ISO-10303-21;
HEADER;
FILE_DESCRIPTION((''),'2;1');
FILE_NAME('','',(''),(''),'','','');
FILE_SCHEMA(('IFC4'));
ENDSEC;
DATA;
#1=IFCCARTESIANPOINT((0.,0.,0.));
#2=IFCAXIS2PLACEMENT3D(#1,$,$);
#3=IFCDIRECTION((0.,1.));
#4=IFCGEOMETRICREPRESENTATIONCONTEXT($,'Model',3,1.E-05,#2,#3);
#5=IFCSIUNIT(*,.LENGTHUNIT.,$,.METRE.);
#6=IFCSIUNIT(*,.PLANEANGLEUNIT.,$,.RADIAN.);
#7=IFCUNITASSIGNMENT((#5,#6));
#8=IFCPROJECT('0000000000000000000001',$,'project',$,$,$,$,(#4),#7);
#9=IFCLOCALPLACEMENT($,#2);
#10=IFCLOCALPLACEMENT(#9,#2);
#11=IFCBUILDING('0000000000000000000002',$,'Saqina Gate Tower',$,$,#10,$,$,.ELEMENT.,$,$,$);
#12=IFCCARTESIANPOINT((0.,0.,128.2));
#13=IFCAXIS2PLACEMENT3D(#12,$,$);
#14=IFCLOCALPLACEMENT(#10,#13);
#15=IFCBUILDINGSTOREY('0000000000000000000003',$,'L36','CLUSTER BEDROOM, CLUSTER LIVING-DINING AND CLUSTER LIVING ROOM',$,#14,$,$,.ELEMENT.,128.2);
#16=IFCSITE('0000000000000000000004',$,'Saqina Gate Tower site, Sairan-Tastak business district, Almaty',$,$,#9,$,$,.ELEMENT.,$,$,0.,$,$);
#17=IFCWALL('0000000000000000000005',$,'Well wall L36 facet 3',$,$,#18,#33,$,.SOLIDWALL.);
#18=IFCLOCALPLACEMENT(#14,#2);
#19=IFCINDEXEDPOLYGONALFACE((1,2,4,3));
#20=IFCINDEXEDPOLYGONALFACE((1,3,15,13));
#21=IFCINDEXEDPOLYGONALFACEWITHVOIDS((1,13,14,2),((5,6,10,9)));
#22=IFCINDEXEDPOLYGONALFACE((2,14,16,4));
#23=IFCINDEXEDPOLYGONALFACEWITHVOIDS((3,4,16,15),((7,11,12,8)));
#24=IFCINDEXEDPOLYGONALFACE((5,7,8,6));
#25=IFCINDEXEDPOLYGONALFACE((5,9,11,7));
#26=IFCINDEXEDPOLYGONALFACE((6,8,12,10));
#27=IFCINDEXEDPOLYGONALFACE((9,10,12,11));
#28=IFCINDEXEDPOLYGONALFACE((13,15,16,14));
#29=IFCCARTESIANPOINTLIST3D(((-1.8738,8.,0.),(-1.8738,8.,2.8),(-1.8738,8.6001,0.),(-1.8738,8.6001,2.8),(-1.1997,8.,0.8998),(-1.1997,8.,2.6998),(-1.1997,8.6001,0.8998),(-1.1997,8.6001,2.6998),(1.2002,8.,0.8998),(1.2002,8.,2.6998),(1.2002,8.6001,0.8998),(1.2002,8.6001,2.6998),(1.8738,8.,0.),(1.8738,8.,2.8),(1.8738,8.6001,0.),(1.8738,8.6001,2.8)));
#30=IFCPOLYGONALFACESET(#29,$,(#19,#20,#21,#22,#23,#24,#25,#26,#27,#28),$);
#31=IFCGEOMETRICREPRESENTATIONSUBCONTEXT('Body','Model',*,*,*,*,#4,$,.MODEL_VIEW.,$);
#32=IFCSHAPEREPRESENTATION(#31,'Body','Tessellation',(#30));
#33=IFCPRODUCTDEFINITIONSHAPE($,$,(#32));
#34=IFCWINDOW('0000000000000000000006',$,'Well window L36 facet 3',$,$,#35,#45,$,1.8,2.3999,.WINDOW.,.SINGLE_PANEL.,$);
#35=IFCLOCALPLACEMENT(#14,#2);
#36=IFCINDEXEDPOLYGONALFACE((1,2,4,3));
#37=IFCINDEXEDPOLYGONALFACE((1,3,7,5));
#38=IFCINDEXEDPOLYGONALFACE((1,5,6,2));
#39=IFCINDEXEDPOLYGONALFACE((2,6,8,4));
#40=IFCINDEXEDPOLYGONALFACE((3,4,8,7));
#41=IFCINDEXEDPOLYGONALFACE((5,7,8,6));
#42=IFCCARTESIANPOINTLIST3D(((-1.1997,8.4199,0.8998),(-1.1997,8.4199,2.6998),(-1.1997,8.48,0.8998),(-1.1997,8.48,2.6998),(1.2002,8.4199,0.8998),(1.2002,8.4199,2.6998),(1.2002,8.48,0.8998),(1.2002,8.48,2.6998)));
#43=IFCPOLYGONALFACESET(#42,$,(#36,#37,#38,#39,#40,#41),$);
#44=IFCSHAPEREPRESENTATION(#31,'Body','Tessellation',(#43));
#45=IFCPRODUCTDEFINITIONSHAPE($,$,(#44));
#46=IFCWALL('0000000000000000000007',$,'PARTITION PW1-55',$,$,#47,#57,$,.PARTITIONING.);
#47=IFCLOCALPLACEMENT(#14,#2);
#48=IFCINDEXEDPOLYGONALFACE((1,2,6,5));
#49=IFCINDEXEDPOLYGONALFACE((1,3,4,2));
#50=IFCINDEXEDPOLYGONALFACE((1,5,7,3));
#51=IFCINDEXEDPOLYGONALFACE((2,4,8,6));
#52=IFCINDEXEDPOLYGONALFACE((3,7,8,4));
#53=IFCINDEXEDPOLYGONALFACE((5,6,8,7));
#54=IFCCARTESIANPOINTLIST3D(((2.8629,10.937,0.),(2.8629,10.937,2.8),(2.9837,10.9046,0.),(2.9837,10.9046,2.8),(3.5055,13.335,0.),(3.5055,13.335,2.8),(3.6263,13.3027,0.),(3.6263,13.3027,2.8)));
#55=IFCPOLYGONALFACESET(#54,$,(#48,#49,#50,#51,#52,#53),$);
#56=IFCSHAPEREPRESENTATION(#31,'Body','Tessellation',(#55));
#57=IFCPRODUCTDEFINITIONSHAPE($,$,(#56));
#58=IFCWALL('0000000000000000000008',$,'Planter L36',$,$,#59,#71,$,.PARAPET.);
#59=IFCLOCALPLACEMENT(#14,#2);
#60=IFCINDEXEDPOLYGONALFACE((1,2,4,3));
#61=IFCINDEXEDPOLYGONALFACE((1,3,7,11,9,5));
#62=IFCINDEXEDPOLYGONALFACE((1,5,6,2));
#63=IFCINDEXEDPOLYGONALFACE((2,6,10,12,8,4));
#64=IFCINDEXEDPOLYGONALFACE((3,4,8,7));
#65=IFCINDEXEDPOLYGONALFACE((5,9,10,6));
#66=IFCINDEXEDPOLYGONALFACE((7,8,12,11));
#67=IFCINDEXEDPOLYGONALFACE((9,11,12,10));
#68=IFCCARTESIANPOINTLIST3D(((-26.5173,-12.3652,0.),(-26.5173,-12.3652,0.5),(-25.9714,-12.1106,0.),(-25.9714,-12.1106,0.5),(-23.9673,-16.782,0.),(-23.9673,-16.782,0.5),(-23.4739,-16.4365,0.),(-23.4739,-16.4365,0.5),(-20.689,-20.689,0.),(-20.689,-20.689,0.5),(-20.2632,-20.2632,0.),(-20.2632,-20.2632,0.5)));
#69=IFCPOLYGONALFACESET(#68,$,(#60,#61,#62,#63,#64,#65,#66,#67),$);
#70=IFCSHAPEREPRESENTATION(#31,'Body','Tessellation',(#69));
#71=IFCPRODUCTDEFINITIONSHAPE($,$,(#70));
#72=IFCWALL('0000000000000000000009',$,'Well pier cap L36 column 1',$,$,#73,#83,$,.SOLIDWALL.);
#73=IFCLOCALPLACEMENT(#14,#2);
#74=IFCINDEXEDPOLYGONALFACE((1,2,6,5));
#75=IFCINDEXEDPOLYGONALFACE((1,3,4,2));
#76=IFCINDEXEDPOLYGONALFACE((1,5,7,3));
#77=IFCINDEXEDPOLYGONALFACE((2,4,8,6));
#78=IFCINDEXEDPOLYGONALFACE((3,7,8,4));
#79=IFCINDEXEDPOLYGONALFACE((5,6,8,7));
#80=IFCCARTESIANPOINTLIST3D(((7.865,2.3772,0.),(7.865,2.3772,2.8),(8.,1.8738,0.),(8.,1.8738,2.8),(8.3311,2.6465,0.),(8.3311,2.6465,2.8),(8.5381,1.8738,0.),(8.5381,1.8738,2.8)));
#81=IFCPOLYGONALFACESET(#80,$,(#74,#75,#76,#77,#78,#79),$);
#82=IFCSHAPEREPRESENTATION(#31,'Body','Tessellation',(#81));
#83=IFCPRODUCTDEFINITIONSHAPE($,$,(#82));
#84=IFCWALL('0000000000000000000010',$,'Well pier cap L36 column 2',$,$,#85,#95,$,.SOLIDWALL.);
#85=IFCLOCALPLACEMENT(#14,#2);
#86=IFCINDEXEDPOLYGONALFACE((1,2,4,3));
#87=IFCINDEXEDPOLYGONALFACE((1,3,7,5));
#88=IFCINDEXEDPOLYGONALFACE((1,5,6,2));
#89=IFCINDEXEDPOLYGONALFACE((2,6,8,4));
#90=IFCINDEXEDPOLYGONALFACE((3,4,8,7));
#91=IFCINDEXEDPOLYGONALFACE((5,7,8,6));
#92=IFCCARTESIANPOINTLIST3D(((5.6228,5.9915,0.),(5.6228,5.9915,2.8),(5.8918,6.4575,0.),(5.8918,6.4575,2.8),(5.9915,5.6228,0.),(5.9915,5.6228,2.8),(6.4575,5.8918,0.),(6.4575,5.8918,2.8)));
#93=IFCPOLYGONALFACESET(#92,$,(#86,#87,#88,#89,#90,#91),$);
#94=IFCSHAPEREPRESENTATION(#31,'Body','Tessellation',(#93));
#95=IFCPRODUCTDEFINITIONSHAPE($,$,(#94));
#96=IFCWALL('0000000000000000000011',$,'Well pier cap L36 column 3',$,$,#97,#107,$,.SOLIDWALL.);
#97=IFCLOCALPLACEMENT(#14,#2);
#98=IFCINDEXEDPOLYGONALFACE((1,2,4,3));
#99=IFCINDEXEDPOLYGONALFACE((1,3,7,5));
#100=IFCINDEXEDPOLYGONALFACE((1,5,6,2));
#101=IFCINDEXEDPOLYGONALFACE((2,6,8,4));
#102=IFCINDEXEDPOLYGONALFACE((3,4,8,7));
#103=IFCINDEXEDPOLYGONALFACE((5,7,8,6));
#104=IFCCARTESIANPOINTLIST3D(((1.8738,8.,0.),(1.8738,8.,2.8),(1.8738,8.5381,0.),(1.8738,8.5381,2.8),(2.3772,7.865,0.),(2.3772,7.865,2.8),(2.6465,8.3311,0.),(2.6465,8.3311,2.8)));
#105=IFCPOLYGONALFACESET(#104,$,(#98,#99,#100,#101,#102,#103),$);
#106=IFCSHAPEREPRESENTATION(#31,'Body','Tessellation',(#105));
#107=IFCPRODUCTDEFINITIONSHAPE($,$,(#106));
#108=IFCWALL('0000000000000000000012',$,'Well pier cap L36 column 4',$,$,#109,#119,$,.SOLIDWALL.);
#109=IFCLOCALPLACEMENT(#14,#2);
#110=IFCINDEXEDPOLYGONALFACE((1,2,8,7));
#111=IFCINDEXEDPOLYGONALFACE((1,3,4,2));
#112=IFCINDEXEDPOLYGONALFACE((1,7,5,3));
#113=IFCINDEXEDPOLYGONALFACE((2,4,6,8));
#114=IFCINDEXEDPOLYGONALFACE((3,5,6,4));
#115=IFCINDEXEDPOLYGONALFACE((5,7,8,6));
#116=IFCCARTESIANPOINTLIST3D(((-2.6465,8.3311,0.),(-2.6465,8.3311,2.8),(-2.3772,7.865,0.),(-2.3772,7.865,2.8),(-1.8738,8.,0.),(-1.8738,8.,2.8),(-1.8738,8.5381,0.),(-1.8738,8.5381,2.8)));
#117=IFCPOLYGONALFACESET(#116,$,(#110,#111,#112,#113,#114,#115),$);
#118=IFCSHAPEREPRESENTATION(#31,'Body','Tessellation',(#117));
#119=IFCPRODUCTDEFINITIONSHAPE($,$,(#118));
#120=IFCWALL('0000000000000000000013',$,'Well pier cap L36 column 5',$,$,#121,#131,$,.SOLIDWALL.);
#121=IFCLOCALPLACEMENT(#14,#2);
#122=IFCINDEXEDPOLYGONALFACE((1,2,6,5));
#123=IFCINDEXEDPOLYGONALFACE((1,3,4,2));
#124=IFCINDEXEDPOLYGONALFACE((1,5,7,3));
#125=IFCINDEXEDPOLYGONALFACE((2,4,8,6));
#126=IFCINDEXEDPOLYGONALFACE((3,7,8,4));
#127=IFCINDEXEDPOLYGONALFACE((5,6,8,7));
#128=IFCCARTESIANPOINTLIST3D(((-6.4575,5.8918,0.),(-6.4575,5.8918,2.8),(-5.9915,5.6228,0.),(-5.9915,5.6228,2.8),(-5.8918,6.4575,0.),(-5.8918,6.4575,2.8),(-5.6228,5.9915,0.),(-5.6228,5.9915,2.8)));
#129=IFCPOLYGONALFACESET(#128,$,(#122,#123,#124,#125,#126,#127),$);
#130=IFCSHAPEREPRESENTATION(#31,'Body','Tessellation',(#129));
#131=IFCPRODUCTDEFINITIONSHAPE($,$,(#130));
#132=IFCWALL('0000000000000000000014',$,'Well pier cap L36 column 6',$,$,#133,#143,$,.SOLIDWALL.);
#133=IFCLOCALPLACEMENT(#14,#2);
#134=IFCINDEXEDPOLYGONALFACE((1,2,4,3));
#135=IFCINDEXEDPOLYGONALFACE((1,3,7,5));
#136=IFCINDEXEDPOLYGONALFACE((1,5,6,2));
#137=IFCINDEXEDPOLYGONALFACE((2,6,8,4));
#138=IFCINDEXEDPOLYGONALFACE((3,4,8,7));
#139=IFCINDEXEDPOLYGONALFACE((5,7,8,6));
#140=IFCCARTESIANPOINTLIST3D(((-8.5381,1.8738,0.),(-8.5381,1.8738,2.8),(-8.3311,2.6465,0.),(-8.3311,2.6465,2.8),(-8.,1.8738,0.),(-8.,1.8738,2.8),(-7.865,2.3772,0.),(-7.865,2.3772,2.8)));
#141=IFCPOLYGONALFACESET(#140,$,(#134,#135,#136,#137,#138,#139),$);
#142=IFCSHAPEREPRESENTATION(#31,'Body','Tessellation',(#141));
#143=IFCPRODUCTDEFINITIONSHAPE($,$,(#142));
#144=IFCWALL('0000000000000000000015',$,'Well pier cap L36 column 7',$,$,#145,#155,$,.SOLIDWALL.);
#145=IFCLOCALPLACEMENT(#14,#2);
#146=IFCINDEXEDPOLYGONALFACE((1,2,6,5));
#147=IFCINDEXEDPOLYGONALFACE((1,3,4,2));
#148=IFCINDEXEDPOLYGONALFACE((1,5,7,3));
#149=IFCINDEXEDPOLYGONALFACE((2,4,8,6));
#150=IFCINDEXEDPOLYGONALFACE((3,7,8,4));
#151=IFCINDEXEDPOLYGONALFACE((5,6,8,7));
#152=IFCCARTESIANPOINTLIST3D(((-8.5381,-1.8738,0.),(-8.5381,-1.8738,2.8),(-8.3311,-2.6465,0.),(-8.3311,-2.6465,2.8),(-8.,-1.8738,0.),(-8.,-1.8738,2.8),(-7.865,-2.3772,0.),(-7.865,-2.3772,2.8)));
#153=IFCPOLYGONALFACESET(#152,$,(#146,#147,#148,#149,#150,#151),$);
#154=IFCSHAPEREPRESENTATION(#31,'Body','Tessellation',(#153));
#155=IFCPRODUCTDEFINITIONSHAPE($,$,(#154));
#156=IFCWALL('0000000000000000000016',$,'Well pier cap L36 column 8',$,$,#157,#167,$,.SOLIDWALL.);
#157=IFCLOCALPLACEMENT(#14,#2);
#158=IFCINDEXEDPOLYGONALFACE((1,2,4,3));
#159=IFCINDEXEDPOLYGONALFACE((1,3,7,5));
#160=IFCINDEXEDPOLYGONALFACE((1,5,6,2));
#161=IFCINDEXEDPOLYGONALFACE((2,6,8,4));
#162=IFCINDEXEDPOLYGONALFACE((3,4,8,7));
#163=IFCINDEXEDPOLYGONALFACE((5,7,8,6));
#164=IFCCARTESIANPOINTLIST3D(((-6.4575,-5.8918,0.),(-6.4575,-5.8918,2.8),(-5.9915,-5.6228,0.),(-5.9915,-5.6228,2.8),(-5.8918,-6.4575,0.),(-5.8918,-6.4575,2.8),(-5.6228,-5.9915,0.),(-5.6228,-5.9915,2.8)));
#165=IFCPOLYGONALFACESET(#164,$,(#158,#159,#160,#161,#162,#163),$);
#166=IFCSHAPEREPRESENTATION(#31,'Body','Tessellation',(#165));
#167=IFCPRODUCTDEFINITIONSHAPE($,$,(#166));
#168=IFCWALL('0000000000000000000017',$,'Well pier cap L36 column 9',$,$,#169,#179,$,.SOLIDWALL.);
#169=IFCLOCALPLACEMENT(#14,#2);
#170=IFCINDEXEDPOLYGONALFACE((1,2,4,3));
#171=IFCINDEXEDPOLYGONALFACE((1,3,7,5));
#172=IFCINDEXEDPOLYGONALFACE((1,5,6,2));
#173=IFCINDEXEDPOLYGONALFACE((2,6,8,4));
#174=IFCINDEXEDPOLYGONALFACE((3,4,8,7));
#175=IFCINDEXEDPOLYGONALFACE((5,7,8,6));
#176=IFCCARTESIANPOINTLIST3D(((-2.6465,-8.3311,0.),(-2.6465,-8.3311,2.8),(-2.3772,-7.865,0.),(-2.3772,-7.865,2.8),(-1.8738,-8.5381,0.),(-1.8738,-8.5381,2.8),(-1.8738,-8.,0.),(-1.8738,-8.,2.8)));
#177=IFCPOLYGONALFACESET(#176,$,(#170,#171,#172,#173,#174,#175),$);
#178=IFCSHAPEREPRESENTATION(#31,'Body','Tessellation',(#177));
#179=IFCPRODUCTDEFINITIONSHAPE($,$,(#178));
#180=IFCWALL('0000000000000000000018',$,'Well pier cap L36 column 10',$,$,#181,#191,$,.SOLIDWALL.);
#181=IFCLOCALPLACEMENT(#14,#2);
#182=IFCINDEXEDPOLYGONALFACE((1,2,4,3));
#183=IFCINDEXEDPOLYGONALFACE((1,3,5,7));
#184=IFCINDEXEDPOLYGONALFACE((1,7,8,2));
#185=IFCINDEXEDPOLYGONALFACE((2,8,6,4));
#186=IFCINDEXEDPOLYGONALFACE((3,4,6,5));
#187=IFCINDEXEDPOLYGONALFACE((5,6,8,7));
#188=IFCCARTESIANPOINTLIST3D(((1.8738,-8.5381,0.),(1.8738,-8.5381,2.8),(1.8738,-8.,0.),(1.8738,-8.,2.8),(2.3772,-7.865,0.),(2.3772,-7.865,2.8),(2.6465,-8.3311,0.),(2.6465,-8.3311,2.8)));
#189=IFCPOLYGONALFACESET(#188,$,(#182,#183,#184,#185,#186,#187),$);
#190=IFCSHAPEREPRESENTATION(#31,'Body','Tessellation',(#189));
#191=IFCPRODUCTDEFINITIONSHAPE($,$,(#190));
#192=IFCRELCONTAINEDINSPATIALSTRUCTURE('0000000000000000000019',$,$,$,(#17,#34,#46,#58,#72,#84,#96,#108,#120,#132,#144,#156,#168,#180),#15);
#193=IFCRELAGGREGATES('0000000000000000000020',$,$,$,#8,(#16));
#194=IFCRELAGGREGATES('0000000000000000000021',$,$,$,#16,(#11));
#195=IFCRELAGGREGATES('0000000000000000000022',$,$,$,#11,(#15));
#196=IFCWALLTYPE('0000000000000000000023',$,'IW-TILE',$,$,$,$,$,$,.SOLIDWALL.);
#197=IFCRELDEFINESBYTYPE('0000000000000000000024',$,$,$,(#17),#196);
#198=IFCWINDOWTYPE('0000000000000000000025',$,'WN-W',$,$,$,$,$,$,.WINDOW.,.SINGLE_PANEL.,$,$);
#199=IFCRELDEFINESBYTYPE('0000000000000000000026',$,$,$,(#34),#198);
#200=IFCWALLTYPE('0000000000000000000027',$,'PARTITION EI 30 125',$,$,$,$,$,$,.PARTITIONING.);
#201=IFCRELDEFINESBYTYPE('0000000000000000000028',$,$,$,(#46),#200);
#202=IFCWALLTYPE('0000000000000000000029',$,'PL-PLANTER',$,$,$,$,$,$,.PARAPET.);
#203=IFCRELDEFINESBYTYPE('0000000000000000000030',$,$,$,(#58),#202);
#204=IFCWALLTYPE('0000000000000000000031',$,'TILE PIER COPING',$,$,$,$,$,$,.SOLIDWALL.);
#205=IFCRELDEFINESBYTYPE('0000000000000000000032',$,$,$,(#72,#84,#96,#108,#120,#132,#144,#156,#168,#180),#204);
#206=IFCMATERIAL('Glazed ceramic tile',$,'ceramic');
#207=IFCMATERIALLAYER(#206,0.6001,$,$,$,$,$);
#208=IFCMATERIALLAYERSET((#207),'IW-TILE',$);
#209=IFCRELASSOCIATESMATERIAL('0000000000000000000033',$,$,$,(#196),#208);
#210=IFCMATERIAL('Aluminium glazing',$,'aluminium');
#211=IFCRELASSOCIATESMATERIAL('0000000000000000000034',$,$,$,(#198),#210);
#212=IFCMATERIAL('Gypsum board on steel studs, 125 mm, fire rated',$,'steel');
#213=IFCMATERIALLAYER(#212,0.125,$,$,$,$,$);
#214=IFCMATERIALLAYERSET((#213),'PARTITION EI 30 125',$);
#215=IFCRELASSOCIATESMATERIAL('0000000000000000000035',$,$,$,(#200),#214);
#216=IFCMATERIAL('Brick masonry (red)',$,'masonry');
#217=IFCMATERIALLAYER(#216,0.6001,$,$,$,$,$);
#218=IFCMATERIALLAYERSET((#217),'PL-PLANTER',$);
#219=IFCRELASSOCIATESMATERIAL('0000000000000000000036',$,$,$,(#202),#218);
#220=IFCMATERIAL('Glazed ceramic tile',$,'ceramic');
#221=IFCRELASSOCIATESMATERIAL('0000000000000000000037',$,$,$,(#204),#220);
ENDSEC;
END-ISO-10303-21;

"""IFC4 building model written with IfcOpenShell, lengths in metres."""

from ifc_helpers import new_model, si_unit, direction, frame, frame_2d, origin, place, context, subcontext, project, spatial, polyline, rectangle, outline, extrude, material, layer, layer_set, type_object, element, fill, save


model = new_model("IFC4")

# Units and contexts
model_context = context("Model", 3, precision=1e-05, world=origin(), true_north=direction((0.0, 1.0)))
body_context = subcontext(model_context, "Body", "Model", "MODEL_VIEW")
ifc_project = project(units=[si_unit("LENGTHUNIT", "METRE"), si_unit("PLANEANGLEUNIT", "RADIAN")], contexts=[model_context])

# Site, building, storey
site_placement = place(None, origin())
site = spatial("IfcSite", under=ifc_project, at=site_placement, Name="Saqina Gate Tower site, Sairan-Tastak business district, Almaty", CompositionType="ELEMENT", RefElevation=0.0)
building_placement = place(site_placement, origin())
building = spatial("IfcBuilding", under=site, at=building_placement, Name="Saqina Gate Tower", CompositionType="ELEMENT")
storey_placement = place(building_placement, frame((0.0, 0.0, 128.2)))
storey = spatial("IfcBuildingStorey", under=building, at=storey_placement, Name="L36", Description="CLUSTER BEDROOM, CLUSTER LIVING-DINING AND CLUSTER LIVING ROOM", CompositionType="ELEMENT", Elevation=128.2)

# Wall, opening, window
ifc_material_1 = material(Name="Glazed ceramic tile", Category="ceramic")
ifc_layer_1 = layer(ifc_material_1, 0.6001)
ifc_layer_set_1 = layer_set([ifc_layer_1], Name="IW-TILE")
wall_type_1 = type_object("IfcWallType", Name="IW-TILE", PredefinedType="SOLIDWALL", material=ifc_layer_set_1)
ifc_material_2 = material(Name="Aluminium glazing", Category="aluminium")
window_type = type_object("IfcWindowType", Name="WN-W", PartitioningType="SINGLE_PANEL", PredefinedType="WINDOW", material=ifc_material_2)
wall_1_placement = place(storey_placement, frame((1.8738, 8.3, 0.0), z_axis=(0.0, 0.0, 1.0), x_axis=(-1.0, 0.0, 0.0)))
wall_1 = element("IfcWall", 1, at=wall_1_placement, inside=storey, type_object=wall_type_1, Name="Well wall L36 facet 3", PredefinedType="SOLIDWALL", context=body_context, shape_type="SweptSolid", body=[
    extrude(rectangle(XDim=3.7476, YDim=0.6001, at=frame_2d((1.8738, 0.0))), origin(), (0.0, 0.0, 1.0), 2.8),
])
opening_1_placement = place(wall_1_placement, frame((0.6736, 0.0, 0.8999)))
opening_1 = element("IfcOpeningElement", 2, at=opening_1_placement, cuts=wall_1, PredefinedType="OPENING", context=body_context, shape_type="SweptSolid", body=[
    extrude(rectangle(XDim=2.3999, YDim=1.8, at=frame_2d((1.2, 0.8999))), frame((0.0, 0.312, 0.0), z_axis=(0.0, -1.0, 0.0), x_axis=(1.0, 0.0, 0.0)), (0.0, 0.0, 1.0), 0.624),
])
window_1_placement = place(opening_1_placement, origin())
window_1 = element("IfcWindow", 3, at=window_1_placement, inside=storey, type_object=window_type, Name="Well window L36 facet 3", OverallHeight=1.8, OverallWidth=2.3999, PartitioningType="SINGLE_PANEL", PredefinedType="WINDOW", context=body_context, shape_type="SweptSolid", body=[
    extrude(rectangle(XDim=2.3999, YDim=1.8, at=frame_2d((1.2, 0.8999))), frame((0.0, -0.1199, 0.0), z_axis=(0.0, -1.0, 0.0), x_axis=(1.0, 0.0, 0.0)), (0.0, 0.0, 1.0), 0.0601),
])
fill(opening_1, window_1)

# Walls
ifc_material_3 = material(Name="Gypsum board on steel studs, 125 mm, fire rated", Category="steel")
ifc_layer_2 = layer(ifc_material_3, 0.125)
ifc_layer_set_2 = layer_set([ifc_layer_2], Name="PARTITION EI 30 125")
wall_type_2 = type_object("IfcWallType", Name="PARTITION EI 30 125", PredefinedType="PARTITIONING", material=ifc_layer_set_2)
wall_2_placement = place(storey_placement, frame((2.9233, 10.9209, 0.0), z_axis=(0.0, 0.0, 1.0), x_axis=(0.258838, 0.965921, 0.0)))
element("IfcWall", 4, at=wall_2_placement, inside=storey, type_object=wall_type_2, Name="PARTITION PW1-55", PredefinedType="PARTITIONING", context=body_context, shape_type="SweptSolid", body=[
    extrude(rectangle(XDim=2.4827, YDim=0.125, at=frame_2d((1.2412, 0.0))), origin(), (0.0, 0.0, 1.0), 2.8),
])
ifc_material_4 = material(Name="Brick masonry (red)", Category="masonry")
ifc_layer_3 = layer(ifc_material_4, 0.6001)
ifc_layer_set_3 = layer_set([ifc_layer_3], Name="PL-PLANTER")
wall_type_3 = type_object("IfcWallType", Name="PL-PLANTER", PredefinedType="PARAPET", material=ifc_layer_set_3)
wall_3_placement = place(storey_placement, origin())
element("IfcWall", 5, at=wall_3_placement, inside=storey, type_object=wall_type_3, Name="Planter L36", PredefinedType="PARAPET", context=body_context, shape_type="SweptSolid", body=[
    extrude(outline(polyline([(-26.5173, -12.3652), (-23.9673, -16.782), (-20.689, -20.689), (-20.2632, -20.2632), (-23.4739, -16.4365), (-25.9714, -12.1106), (-26.5173, -12.3652)])), origin(), (0.0, 0.0, 1.0), 0.5),
])
ifc_material_5 = material(Name="Glazed ceramic tile", Category="ceramic")
wall_type_4 = type_object("IfcWallType", Name="TILE PIER COPING", PredefinedType="SOLIDWALL", material=ifc_material_5)
wall_4_placement = place(storey_placement, origin())
element("IfcWall", 6, at=wall_4_placement, inside=storey, type_object=wall_type_4, Name="Well pier cap L36 column 1", PredefinedType="SOLIDWALL", context=body_context, shape_type="SweptSolid", body=[
    extrude(outline(polyline([(8.3311, 2.6465), (7.865, 2.3772), (8.0, 1.8738), (8.5381, 1.8738), (8.3311, 2.6465)])), origin(), (0.0, 0.0, 1.0), 2.8),
])
wall_5_placement = place(storey_placement, origin())
element("IfcWall", 7, at=wall_5_placement, inside=storey, type_object=wall_type_4, Name="Well pier cap L36 column 2", PredefinedType="SOLIDWALL", context=body_context, shape_type="SweptSolid", body=[
    extrude(outline(polyline([(5.8918, 6.4575), (5.6228, 5.9915), (5.9915, 5.6228), (6.4575, 5.8918), (5.8918, 6.4575)])), origin(), (0.0, 0.0, 1.0), 2.8),
])
wall_6_placement = place(storey_placement, origin())
element("IfcWall", 8, at=wall_6_placement, inside=storey, type_object=wall_type_4, Name="Well pier cap L36 column 3", PredefinedType="SOLIDWALL", context=body_context, shape_type="SweptSolid", body=[
    extrude(outline(polyline([(1.8738, 8.5381), (1.8738, 8.0), (2.3772, 7.865), (2.6465, 8.3311), (1.8738, 8.5381)])), origin(), (0.0, 0.0, 1.0), 2.8),
])
wall_7_placement = place(storey_placement, origin())
element("IfcWall", 9, at=wall_7_placement, inside=storey, type_object=wall_type_4, Name="Well pier cap L36 column 4", PredefinedType="SOLIDWALL", context=body_context, shape_type="SweptSolid", body=[
    extrude(outline(polyline([(-2.6465, 8.3311), (-2.3772, 7.865), (-1.8738, 8.0), (-1.8738, 8.5381), (-2.6465, 8.3311)])), origin(), (0.0, 0.0, 1.0), 2.8),
])
wall_8_placement = place(storey_placement, origin())
element("IfcWall", 10, at=wall_8_placement, inside=storey, type_object=wall_type_4, Name="Well pier cap L36 column 5", PredefinedType="SOLIDWALL", context=body_context, shape_type="SweptSolid", body=[
    extrude(outline(polyline([(-6.4575, 5.8918), (-5.9915, 5.6228), (-5.6228, 5.9915), (-5.8918, 6.4575), (-6.4575, 5.8918)])), origin(), (0.0, 0.0, 1.0), 2.8),
])
wall_9_placement = place(storey_placement, origin())
element("IfcWall", 11, at=wall_9_placement, inside=storey, type_object=wall_type_4, Name="Well pier cap L36 column 6", PredefinedType="SOLIDWALL", context=body_context, shape_type="SweptSolid", body=[
    extrude(outline(polyline([(-8.5381, 1.8738), (-8.0, 1.8738), (-7.865, 2.3772), (-8.3311, 2.6465), (-8.5381, 1.8738)])), origin(), (0.0, 0.0, 1.0), 2.8),
])
wall_10_placement = place(storey_placement, origin())
element("IfcWall", 12, at=wall_10_placement, inside=storey, type_object=wall_type_4, Name="Well pier cap L36 column 7", PredefinedType="SOLIDWALL", context=body_context, shape_type="SweptSolid", body=[
    extrude(outline(polyline([(-8.3311, -2.6465), (-7.865, -2.3772), (-8.0, -1.8738), (-8.5381, -1.8738), (-8.3311, -2.6465)])), origin(), (0.0, 0.0, 1.0), 2.8),
])
wall_11_placement = place(storey_placement, origin())
element("IfcWall", 13, at=wall_11_placement, inside=storey, type_object=wall_type_4, Name="Well pier cap L36 column 8", PredefinedType="SOLIDWALL", context=body_context, shape_type="SweptSolid", body=[
    extrude(outline(polyline([(-6.4575, -5.8918), (-5.8918, -6.4575), (-5.6228, -5.9915), (-5.9915, -5.6228), (-6.4575, -5.8918)])), origin(), (0.0, 0.0, 1.0), 2.8),
])
wall_12_placement = place(storey_placement, origin())
element("IfcWall", 14, at=wall_12_placement, inside=storey, type_object=wall_type_4, Name="Well pier cap L36 column 9", PredefinedType="SOLIDWALL", context=body_context, shape_type="SweptSolid", body=[
    extrude(outline(polyline([(-1.8738, -8.5381), (-1.8738, -8.0), (-2.3772, -7.865), (-2.6465, -8.3311), (-1.8738, -8.5381)])), origin(), (0.0, 0.0, 1.0), 2.8),
])
wall_13_placement = place(storey_placement, origin())
element("IfcWall", 15, at=wall_13_placement, inside=storey, type_object=wall_type_4, Name="Well pier cap L36 column 10", PredefinedType="SOLIDWALL", context=body_context, shape_type="SweptSolid", body=[
    extrude(outline(polyline([(2.6465, -8.3311), (2.3772, -7.865), (1.8738, -8.0), (1.8738, -8.5381), (2.6465, -8.3311)])), origin(), (0.0, 0.0, 1.0), 2.8),
])

save(model, "model.ifc")
